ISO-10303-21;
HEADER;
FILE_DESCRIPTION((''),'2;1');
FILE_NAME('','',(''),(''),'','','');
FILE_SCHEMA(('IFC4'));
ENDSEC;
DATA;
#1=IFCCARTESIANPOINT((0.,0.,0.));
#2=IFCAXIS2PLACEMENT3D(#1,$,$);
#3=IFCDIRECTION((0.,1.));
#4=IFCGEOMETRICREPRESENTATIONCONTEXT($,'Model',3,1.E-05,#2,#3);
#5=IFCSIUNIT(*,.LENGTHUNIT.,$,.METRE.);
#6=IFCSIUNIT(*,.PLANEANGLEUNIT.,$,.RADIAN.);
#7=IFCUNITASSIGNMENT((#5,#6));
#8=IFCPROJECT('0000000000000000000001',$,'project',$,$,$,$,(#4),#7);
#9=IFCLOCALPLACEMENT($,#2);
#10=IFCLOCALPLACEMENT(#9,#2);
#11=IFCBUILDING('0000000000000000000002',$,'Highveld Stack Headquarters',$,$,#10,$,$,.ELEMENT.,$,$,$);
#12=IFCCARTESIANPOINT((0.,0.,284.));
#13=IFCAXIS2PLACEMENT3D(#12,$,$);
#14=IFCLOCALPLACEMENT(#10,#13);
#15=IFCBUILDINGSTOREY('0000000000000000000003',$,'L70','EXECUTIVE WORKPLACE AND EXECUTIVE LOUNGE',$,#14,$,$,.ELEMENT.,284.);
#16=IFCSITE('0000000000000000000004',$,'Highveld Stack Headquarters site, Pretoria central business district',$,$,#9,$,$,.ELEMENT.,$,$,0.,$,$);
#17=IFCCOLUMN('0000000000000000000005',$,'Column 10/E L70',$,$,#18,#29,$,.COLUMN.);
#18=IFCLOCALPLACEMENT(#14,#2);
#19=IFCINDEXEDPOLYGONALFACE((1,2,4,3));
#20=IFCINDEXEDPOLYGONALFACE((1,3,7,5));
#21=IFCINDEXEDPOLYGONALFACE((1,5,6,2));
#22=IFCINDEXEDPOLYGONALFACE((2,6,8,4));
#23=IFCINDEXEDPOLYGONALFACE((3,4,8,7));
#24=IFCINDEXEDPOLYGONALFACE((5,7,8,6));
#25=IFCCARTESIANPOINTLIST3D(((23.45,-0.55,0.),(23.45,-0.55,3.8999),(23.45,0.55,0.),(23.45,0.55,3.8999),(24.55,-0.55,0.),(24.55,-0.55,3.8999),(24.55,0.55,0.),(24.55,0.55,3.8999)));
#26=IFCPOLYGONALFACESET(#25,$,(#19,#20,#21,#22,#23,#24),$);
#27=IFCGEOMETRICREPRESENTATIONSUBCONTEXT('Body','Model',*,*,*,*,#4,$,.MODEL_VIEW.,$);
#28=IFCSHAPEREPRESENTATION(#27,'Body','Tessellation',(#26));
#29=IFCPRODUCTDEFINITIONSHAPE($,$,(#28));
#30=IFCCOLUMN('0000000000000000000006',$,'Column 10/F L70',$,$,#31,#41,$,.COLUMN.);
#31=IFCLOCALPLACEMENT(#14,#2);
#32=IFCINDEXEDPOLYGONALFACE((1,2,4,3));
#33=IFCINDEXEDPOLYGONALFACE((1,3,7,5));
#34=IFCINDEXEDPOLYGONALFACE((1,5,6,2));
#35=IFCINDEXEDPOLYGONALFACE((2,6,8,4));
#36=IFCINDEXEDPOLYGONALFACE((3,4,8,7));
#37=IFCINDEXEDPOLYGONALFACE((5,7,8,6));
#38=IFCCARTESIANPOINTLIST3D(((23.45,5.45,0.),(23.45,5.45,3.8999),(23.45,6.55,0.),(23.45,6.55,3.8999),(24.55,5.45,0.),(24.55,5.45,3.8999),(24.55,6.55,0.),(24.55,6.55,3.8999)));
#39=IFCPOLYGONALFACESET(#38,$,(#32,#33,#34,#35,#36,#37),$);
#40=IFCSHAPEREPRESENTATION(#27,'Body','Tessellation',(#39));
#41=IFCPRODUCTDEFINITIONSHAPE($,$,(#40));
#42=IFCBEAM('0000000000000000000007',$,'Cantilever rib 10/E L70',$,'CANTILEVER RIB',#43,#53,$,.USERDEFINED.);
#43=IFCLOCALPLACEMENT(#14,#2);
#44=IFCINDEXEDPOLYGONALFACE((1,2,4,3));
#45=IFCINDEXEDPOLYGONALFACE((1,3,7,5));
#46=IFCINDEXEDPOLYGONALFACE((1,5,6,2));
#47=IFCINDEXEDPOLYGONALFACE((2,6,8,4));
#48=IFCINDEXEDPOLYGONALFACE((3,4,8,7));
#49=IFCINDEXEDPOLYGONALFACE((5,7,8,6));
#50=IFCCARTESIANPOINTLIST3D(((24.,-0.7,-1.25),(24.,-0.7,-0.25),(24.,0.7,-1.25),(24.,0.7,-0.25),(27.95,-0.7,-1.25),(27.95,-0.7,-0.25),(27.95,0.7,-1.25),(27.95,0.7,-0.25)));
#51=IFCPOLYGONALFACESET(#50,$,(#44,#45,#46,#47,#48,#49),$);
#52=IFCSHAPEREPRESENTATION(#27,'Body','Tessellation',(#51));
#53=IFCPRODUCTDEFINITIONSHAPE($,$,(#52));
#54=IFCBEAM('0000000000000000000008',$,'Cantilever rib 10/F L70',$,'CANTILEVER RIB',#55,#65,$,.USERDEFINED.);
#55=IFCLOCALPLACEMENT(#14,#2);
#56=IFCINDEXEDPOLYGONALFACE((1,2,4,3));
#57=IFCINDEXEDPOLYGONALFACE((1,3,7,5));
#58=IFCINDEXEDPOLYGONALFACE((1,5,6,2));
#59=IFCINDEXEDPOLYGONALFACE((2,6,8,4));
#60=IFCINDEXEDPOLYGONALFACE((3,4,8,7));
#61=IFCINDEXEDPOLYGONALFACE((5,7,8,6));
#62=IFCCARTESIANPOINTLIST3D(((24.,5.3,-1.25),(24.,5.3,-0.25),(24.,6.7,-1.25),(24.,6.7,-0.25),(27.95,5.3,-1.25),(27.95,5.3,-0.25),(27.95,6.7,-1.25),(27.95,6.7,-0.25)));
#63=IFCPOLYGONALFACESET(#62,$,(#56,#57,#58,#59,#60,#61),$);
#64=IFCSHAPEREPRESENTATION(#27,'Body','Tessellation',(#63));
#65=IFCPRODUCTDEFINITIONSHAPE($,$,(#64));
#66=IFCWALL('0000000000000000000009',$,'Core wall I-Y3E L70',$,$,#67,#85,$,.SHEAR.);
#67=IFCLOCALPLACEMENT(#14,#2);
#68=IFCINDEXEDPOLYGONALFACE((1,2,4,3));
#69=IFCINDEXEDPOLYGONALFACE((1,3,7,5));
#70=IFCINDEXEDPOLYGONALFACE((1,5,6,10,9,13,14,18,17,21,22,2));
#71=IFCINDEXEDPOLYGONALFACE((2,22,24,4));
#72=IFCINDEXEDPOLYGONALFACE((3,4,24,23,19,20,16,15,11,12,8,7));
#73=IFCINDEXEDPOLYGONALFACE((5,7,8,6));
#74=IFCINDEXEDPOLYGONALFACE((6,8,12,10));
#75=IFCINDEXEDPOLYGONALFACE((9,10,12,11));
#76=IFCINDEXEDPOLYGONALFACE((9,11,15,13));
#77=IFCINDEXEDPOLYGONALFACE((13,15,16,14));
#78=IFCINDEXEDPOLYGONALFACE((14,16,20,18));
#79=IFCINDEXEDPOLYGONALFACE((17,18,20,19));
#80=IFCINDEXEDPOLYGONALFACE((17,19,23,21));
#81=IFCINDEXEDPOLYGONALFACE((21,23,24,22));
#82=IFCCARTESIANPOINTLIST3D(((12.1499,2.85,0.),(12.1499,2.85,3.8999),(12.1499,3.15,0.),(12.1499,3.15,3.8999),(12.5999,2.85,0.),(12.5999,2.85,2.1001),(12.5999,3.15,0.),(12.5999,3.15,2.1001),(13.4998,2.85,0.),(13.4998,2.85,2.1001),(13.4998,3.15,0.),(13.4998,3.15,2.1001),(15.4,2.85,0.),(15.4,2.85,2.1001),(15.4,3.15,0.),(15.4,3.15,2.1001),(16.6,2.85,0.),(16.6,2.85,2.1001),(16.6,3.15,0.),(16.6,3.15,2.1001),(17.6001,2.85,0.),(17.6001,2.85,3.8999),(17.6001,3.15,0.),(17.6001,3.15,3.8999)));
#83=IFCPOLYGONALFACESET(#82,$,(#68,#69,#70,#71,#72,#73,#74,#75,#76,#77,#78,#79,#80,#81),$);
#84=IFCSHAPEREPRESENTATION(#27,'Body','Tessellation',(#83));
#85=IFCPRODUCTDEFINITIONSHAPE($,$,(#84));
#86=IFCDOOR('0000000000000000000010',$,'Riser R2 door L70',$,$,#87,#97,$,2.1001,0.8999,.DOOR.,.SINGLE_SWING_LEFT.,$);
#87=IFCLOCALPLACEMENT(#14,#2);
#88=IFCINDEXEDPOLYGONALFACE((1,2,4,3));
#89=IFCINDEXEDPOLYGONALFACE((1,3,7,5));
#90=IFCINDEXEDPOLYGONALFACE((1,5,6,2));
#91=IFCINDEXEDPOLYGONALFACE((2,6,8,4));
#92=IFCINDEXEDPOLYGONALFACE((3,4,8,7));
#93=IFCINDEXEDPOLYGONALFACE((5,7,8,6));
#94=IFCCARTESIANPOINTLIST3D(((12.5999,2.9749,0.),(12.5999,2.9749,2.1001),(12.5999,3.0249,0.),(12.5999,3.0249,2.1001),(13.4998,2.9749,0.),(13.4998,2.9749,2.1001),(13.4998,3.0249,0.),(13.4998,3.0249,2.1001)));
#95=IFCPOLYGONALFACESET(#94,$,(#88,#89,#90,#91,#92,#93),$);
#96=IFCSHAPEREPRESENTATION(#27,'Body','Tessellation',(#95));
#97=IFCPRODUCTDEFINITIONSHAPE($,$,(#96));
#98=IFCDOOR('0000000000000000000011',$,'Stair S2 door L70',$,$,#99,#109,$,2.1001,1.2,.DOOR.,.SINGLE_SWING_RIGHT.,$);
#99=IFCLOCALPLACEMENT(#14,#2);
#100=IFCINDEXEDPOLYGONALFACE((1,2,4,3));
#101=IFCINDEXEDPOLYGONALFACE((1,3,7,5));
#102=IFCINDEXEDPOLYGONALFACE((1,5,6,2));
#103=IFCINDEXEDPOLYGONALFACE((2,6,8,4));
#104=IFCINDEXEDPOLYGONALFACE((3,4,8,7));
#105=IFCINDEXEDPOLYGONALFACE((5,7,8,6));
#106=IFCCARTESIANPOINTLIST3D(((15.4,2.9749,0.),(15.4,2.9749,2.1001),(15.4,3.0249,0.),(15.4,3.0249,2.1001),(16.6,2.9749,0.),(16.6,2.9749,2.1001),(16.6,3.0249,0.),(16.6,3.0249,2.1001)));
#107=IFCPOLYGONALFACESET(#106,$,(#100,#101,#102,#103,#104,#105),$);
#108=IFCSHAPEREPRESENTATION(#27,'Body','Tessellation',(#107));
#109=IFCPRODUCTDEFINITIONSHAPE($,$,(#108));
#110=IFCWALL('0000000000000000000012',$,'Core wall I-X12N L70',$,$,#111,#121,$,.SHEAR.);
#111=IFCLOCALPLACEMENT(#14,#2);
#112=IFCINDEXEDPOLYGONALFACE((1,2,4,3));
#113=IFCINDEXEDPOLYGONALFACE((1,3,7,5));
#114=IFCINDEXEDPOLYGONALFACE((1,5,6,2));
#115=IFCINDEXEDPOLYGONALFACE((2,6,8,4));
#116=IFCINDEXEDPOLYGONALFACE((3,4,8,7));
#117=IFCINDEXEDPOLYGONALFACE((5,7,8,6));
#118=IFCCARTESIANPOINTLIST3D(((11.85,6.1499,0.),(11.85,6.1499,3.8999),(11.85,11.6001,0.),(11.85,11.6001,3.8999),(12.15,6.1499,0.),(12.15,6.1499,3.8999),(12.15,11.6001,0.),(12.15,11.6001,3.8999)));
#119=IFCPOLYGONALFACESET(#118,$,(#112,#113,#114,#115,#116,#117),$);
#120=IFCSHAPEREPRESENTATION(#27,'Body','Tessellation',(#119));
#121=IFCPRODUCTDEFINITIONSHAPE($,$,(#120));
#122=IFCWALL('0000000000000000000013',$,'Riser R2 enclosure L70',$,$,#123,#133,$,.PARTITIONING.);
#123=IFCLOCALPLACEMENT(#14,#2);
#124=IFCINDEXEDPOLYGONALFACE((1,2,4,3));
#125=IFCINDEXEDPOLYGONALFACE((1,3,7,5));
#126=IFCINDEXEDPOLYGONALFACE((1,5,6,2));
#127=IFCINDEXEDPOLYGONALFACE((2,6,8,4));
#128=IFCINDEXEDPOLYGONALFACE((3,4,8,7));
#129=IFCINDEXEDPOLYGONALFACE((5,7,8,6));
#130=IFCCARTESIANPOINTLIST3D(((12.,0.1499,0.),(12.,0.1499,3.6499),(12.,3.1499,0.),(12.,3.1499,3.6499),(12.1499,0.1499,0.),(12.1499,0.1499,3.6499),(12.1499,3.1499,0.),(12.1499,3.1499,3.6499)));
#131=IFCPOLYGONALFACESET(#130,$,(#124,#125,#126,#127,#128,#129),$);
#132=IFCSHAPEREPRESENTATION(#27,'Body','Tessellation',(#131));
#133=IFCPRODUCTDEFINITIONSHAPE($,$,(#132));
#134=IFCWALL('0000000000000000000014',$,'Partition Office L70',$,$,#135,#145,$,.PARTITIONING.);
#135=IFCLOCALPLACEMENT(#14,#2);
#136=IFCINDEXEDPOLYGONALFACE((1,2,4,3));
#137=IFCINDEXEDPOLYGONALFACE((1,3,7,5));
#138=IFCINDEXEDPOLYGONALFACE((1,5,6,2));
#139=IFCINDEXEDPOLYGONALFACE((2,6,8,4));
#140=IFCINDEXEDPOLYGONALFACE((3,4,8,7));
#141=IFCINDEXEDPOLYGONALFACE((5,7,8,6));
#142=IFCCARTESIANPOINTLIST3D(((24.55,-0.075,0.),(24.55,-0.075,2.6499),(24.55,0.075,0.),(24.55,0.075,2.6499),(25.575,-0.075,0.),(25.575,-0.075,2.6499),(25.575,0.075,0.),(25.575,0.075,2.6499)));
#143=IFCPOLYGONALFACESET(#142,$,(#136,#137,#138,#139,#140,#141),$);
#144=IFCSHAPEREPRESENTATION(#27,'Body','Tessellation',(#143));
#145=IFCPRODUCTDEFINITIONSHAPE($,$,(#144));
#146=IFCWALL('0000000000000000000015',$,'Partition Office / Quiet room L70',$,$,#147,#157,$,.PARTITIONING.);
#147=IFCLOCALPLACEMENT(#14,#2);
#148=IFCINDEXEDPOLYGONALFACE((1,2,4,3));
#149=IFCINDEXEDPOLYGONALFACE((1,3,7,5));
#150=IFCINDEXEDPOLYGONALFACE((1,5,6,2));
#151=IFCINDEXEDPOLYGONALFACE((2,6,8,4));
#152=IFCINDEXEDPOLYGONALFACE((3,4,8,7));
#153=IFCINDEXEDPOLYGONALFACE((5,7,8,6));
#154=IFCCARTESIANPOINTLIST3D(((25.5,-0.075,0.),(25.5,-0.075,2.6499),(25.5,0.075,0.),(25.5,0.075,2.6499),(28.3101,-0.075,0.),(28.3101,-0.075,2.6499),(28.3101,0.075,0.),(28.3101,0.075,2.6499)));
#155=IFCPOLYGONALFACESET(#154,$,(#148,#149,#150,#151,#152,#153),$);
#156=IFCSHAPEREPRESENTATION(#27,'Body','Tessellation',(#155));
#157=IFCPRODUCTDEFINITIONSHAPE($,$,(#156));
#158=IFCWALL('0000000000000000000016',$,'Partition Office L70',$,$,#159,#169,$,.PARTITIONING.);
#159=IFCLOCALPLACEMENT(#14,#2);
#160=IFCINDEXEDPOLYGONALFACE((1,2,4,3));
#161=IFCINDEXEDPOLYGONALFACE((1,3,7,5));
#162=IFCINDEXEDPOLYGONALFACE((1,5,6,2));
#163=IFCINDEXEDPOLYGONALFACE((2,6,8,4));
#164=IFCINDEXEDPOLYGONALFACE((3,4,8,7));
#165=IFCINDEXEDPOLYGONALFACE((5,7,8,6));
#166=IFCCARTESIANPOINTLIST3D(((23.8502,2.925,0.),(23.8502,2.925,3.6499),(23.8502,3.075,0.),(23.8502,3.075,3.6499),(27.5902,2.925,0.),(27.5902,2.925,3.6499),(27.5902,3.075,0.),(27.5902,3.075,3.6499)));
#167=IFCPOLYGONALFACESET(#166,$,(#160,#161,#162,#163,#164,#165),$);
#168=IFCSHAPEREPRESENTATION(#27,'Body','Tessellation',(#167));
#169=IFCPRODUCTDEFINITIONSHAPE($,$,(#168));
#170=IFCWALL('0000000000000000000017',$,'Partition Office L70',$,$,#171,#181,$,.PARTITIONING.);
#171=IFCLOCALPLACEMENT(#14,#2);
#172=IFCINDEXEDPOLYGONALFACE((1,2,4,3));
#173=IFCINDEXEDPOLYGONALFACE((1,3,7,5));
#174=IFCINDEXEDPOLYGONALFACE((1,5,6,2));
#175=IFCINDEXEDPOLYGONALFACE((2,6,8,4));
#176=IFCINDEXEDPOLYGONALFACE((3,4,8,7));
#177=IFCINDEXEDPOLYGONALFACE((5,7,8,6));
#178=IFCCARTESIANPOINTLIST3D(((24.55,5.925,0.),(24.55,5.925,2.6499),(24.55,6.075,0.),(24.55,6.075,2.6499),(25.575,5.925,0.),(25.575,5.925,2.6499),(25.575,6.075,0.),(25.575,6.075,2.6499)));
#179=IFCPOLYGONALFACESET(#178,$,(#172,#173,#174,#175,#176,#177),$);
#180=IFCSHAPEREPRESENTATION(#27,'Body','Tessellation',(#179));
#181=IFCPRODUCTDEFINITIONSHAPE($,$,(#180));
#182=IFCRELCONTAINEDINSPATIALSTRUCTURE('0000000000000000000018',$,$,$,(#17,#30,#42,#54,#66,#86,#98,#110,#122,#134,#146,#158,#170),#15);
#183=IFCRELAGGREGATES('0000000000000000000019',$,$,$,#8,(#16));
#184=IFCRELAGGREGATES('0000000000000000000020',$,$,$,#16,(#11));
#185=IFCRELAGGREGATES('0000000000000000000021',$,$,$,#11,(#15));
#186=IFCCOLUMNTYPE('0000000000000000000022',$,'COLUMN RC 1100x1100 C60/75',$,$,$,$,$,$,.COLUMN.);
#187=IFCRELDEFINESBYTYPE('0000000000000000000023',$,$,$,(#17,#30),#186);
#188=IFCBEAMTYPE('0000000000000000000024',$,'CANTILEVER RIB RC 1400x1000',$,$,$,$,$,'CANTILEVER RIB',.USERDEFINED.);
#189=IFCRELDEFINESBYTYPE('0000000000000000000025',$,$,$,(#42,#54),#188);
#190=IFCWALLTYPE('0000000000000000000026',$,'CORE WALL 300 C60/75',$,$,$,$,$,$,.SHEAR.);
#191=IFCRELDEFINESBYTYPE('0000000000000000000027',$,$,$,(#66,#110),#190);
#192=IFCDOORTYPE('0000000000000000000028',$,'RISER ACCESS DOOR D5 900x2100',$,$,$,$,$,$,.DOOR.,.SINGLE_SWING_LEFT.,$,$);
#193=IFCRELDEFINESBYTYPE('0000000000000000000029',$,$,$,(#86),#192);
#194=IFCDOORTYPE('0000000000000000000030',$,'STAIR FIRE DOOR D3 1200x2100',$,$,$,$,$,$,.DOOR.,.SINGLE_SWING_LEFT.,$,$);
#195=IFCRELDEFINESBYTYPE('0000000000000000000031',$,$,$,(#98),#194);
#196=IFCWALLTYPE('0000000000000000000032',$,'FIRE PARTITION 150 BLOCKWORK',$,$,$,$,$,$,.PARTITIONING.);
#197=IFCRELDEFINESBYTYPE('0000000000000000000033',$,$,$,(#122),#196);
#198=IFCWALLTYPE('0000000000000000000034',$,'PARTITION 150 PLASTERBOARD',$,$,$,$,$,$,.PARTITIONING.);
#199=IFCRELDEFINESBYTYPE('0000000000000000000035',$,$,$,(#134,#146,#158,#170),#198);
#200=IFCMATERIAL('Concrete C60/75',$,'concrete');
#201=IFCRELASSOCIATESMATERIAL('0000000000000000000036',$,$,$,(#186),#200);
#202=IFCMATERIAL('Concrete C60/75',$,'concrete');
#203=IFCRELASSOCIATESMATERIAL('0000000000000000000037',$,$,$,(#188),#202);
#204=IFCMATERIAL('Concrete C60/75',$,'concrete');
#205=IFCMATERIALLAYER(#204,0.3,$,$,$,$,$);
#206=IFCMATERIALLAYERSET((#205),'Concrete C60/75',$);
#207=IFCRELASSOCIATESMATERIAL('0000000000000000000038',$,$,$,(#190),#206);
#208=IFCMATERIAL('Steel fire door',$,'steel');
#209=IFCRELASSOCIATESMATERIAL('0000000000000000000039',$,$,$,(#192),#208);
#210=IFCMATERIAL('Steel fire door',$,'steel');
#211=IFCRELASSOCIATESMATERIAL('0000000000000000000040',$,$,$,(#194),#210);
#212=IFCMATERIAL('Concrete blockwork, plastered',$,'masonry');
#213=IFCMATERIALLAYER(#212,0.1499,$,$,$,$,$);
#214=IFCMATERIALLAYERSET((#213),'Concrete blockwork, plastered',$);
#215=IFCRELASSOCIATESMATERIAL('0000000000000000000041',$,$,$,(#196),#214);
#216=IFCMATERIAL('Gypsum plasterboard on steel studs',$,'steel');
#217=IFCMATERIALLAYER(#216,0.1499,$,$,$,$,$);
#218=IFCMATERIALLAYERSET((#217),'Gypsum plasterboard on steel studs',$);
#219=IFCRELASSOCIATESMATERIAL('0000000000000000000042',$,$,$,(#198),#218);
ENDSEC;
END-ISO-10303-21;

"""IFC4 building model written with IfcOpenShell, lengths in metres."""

from ifc_helpers import new_model, si_unit, direction, frame, frame_2d, origin, origin_2d, place, context, subcontext, project, spatial, rectangle, extrude, material, layer, layer_set, material_profile, profile_set, type_object, element, fill, save


model = new_model("IFC4")

# Units and contexts
model_context = context("Model", 3, precision=1e-05, world=origin(), true_north=direction((0.0, 1.0)))
body_context = subcontext(model_context, "Body", "Model", "MODEL_VIEW")
ifc_project = project(units=[si_unit("LENGTHUNIT", "METRE"), si_unit("PLANEANGLEUNIT", "RADIAN")], contexts=[model_context])

# Site, building, storey
site_placement = place(None, origin())
site = spatial("IfcSite", under=ifc_project, at=site_placement, Name="Highveld Stack Headquarters site, Pretoria central business district", CompositionType="ELEMENT", RefElevation=0.0)
building_placement = place(site_placement, origin())
building = spatial("IfcBuilding", under=site, at=building_placement, Name="Highveld Stack Headquarters", CompositionType="ELEMENT")
storey_placement = place(building_placement, frame((0.0, 0.0, 284.0)))
storey = spatial("IfcBuildingStorey", under=building, at=storey_placement, Name="L70", Description="EXECUTIVE WORKPLACE AND EXECUTIVE LOUNGE", CompositionType="ELEMENT", Elevation=284.0)

# Columns
ifc_material_1 = material(Name="Concrete C60/75", Category="concrete")
ifc_material_profile_1 = material_profile(ifc_material_1, rectangle(XDim=1.1001, YDim=1.1001, at=origin_2d()), Name="RC 1100x1100")
ifc_profile_set_1 = profile_set([ifc_material_profile_1], Name="Concrete C60/75")
column_type = type_object("IfcColumnType", Name="COLUMN RC 1100x1100 C60/75", PredefinedType="COLUMN", material=ifc_profile_set_1)
for number, where, z_axis, x_axis, name in (
    (1, (24.0, 0.0, 0.0), (0.0, 0.0, 1.0), (1.0, 0.0, 0.0), "Column 10/E L70"),
    (2, (24.0, 6.0, 0.0), (0.0, 0.0, 1.0), (1.0, 0.0, 0.0), "Column 10/F L70"),
):
    element("IfcColumn", number, at=place(storey_placement, frame(where, z_axis=z_axis, x_axis=x_axis)), inside=storey, type_object=column_type, Name=name, PredefinedType="COLUMN", context=body_context, shape_type="SweptSolid", body=[
        extrude(rectangle(XDim=1.1001, YDim=1.1001, at=origin_2d()), origin(), (0.0, 0.0, 1.0), 3.8999),
    ])

# Beams
ifc_material_2 = material(Name="Concrete C60/75", Category="concrete")
ifc_material_profile_2 = material_profile(ifc_material_2, rectangle(XDim=1.3999, YDim=1.0, at=origin_2d()), Name="RC 1400x1000")
ifc_profile_set_2 = profile_set([ifc_material_profile_2], Name="Concrete C60/75")
beam_type = type_object("IfcBeamType", Name="CANTILEVER RIB RC 1400x1000", ElementType="CANTILEVER RIB", PredefinedType="USERDEFINED", material=ifc_profile_set_2)
for number, where, z_axis, x_axis, name in (
    (3, (24.0, 0.0, -0.75), (1.0, 0.0, 0.0), (0.0, 1.0, 0.0), "Cantilever rib 10/E L70"),
    (4, (24.0, 6.0, -0.75), (1.0, 0.0, 0.0), (0.0, 1.0, 0.0), "Cantilever rib 10/F L70"),
):
    element("IfcBeam", number, at=place(storey_placement, frame(where, z_axis=z_axis, x_axis=x_axis)), inside=storey, type_object=beam_type, Name=name, ObjectType="CANTILEVER RIB", PredefinedType="USERDEFINED", context=body_context, shape_type="SweptSolid", body=[
        extrude(rectangle(XDim=1.3999, YDim=1.0, at=origin_2d()), origin(), (0.0, 0.0, 1.0), 3.95),
    ])

# Wall, openings, doors
ifc_material_3 = material(Name="Concrete C60/75", Category="concrete")
ifc_layer_1 = layer(ifc_material_3, 0.3)
ifc_layer_set_1 = layer_set([ifc_layer_1], Name="Concrete C60/75")
wall_type_1 = type_object("IfcWallType", Name="CORE WALL 300 C60/75", PredefinedType="SHEAR", material=ifc_layer_set_1)
wall_1_placement = place(storey_placement, frame((12.1499, 3.0, 0.0), z_axis=(0.0, 0.0, 1.0), x_axis=(1.0, 0.0, 0.0)))
wall_1 = element("IfcWall", 5, at=wall_1_placement, inside=storey, type_object=wall_type_1, Name="Core wall I-Y3E L70", PredefinedType="SHEAR", context=body_context, shape_type="SweptSolid", body=[
    extrude(rectangle(XDim=5.4502, YDim=0.3, at=frame_2d((2.7251, 0.0))), origin(), (0.0, 0.0, 1.0), 3.8999),
])
opening_1_placement = place(wall_1_placement, frame((3.25, 0.0, 0.0)))
opening_1 = element("IfcOpeningElement", 6, at=opening_1_placement, cuts=wall_1, PredefinedType="OPENING", context=body_context, shape_type="SweptSolid", body=[
    extrude(rectangle(XDim=1.2, YDim=2.1001, at=frame_2d((0.6001, 1.05))), frame((0.0, 0.1599, 0.0), z_axis=(0.0, -1.0, 0.0), x_axis=(1.0, 0.0, 0.0)), (0.0, 0.0, 1.0), 0.3201),
])
opening_2_placement = place(wall_1_placement, frame((0.45, 0.0, 0.0)))
opening_2 = element("IfcOpeningElement", 7, at=opening_2_placement, cuts=wall_1, PredefinedType="OPENING", context=body_context, shape_type="SweptSolid", body=[
    extrude(rectangle(XDim=0.8999, YDim=2.1001, at=frame_2d((0.45, 1.05))), frame((0.0, 0.1599, 0.0), z_axis=(0.0, -1.0, 0.0), x_axis=(1.0, 0.0, 0.0)), (0.0, 0.0, 1.0), 0.3201),
])
ifc_material_4 = material(Name="Steel fire door", Category="steel")
door_type_1 = type_object("IfcDoorType", Name="RISER ACCESS DOOR D5 900x2100", OperationType="SINGLE_SWING_LEFT", PredefinedType="DOOR", material=ifc_material_4)
door_1_placement = place(opening_2_placement, origin())
door_1 = element("IfcDoor", 8, at=door_1_placement, inside=storey, type_object=door_type_1, Name="Riser R2 door L70", OperationType="SINGLE_SWING_LEFT", OverallHeight=2.1001, OverallWidth=0.8999, PredefinedType="DOOR", context=body_context, shape_type="SweptSolid", body=[
    extrude(rectangle(XDim=0.8999, YDim=2.1001, at=frame_2d((0.45, 1.05))), frame((0.0, 0.0249, 0.0), z_axis=(0.0, -1.0, 0.0), x_axis=(1.0, 0.0, 0.0)), (0.0, 0.0, 1.0), 0.05),
])
fill(opening_2, door_1)
ifc_material_5 = material(Name="Steel fire door", Category="steel")
door_type_2 = type_object("IfcDoorType", Name="STAIR FIRE DOOR D3 1200x2100", OperationType="SINGLE_SWING_LEFT", PredefinedType="DOOR", material=ifc_material_5)
door_2_placement = place(opening_1_placement, origin())
door_2 = element("IfcDoor", 9, at=door_2_placement, inside=storey, type_object=door_type_2, Name="Stair S2 door L70", OperationType="SINGLE_SWING_RIGHT", OverallHeight=2.1001, OverallWidth=1.2, PredefinedType="DOOR", context=body_context, shape_type="SweptSolid", body=[
    extrude(rectangle(XDim=1.2, YDim=2.1001, at=frame_2d((0.6001, 1.05))), frame((0.0, 0.0249, 0.0), z_axis=(0.0, -1.0, 0.0), x_axis=(1.0, 0.0, 0.0)), (0.0, 0.0, 1.0), 0.05),
])
fill(opening_1, door_2)

# Walls
wall_2_placement = place(storey_placement, frame((12.0, 6.1499, 0.0), z_axis=(0.0, 0.0, 1.0), x_axis=(0.0, 1.0, 0.0)))
element("IfcWall", 10, at=wall_2_placement, inside=storey, type_object=wall_type_1, Name="Core wall I-X12N L70", PredefinedType="SHEAR", context=body_context, shape_type="SweptSolid", body=[
    extrude(rectangle(XDim=5.4502, YDim=0.3, at=frame_2d((2.7251, 0.0))), origin(), (0.0, 0.0, 1.0), 3.8999),
])
ifc_material_6 = material(Name="Concrete blockwork, plastered", Category="masonry")
ifc_layer_2 = layer(ifc_material_6, 0.1499)
ifc_layer_set_2 = layer_set([ifc_layer_2], Name="Concrete blockwork, plastered")
wall_type_2 = type_object("IfcWallType", Name="FIRE PARTITION 150 BLOCKWORK", PredefinedType="PARTITIONING", material=ifc_layer_set_2)
wall_3_placement = place(storey_placement, frame((12.075, 0.1499, 0.0), z_axis=(0.0, 0.0, 1.0), x_axis=(0.0, 1.0, 0.0)))
element("IfcWall", 11, at=wall_3_placement, inside=storey, type_object=wall_type_2, Name="Riser R2 enclosure L70", PredefinedType="PARTITIONING", context=body_context, shape_type="SweptSolid", body=[
    extrude(rectangle(XDim=3.0, YDim=0.1499, at=frame_2d((1.5, 0.0))), origin(), (0.0, 0.0, 1.0), 3.6499),
])
ifc_material_7 = material(Name="Gypsum plasterboard on steel studs", Category="steel")
ifc_layer_3 = layer(ifc_material_7, 0.1499)
ifc_layer_set_3 = layer_set([ifc_layer_3], Name="Gypsum plasterboard on steel studs")
wall_type_3 = type_object("IfcWallType", Name="PARTITION 150 PLASTERBOARD", PredefinedType="PARTITIONING", material=ifc_layer_set_3)
wall_4_placement = place(storey_placement, frame((24.55, 0.0, 0.0), z_axis=(0.0, 0.0, 1.0), x_axis=(1.0, 0.0, 0.0)))
element("IfcWall", 12, at=wall_4_placement, inside=storey, type_object=wall_type_3, Name="Partition Office L70", PredefinedType="PARTITIONING", context=body_context, shape_type="SweptSolid", body=[
    extrude(rectangle(XDim=1.0249, YDim=0.1499, at=frame_2d((0.5125, 0.0))), origin(), (0.0, 0.0, 1.0), 2.6499),
])
wall_5_placement = place(storey_placement, frame((25.5, 0.0, 0.0), z_axis=(0.0, 0.0, 1.0), x_axis=(1.0, 0.0, 0.0)))
element("IfcWall", 13, at=wall_5_placement, inside=storey, type_object=wall_type_3, Name="Partition Office / Quiet room L70", PredefinedType="PARTITIONING", context=body_context, shape_type="SweptSolid", body=[
    extrude(rectangle(XDim=2.8101, YDim=0.1499, at=frame_2d((1.405, 0.0))), origin(), (0.0, 0.0, 1.0), 2.6499),
])
wall_6_placement = place(storey_placement, frame((23.8501, 3.0, 0.0), z_axis=(0.0, 0.0, 1.0), x_axis=(1.0, 0.0, 0.0)))
element("IfcWall", 14, at=wall_6_placement, inside=storey, type_object=wall_type_3, Name="Partition Office L70", PredefinedType="PARTITIONING", context=body_context, shape_type="SweptSolid", body=[
    extrude(rectangle(XDim=3.74, YDim=0.1499, at=frame_2d((1.8701, 0.0))), origin(), (0.0, 0.0, 1.0), 3.6499),
])
wall_7_placement = place(storey_placement, frame((24.55, 6.0, 0.0), z_axis=(0.0, 0.0, 1.0), x_axis=(1.0, 0.0, 0.0)))
element("IfcWall", 15, at=wall_7_placement, inside=storey, type_object=wall_type_3, Name="Partition Office L70", PredefinedType="PARTITIONING", context=body_context, shape_type="SweptSolid", body=[
    extrude(rectangle(XDim=1.0249, YDim=0.1499, at=frame_2d((0.5125, 0.0))), origin(), (0.0, 0.0, 1.0), 2.6499),
])

save(model, "model.ifc")
